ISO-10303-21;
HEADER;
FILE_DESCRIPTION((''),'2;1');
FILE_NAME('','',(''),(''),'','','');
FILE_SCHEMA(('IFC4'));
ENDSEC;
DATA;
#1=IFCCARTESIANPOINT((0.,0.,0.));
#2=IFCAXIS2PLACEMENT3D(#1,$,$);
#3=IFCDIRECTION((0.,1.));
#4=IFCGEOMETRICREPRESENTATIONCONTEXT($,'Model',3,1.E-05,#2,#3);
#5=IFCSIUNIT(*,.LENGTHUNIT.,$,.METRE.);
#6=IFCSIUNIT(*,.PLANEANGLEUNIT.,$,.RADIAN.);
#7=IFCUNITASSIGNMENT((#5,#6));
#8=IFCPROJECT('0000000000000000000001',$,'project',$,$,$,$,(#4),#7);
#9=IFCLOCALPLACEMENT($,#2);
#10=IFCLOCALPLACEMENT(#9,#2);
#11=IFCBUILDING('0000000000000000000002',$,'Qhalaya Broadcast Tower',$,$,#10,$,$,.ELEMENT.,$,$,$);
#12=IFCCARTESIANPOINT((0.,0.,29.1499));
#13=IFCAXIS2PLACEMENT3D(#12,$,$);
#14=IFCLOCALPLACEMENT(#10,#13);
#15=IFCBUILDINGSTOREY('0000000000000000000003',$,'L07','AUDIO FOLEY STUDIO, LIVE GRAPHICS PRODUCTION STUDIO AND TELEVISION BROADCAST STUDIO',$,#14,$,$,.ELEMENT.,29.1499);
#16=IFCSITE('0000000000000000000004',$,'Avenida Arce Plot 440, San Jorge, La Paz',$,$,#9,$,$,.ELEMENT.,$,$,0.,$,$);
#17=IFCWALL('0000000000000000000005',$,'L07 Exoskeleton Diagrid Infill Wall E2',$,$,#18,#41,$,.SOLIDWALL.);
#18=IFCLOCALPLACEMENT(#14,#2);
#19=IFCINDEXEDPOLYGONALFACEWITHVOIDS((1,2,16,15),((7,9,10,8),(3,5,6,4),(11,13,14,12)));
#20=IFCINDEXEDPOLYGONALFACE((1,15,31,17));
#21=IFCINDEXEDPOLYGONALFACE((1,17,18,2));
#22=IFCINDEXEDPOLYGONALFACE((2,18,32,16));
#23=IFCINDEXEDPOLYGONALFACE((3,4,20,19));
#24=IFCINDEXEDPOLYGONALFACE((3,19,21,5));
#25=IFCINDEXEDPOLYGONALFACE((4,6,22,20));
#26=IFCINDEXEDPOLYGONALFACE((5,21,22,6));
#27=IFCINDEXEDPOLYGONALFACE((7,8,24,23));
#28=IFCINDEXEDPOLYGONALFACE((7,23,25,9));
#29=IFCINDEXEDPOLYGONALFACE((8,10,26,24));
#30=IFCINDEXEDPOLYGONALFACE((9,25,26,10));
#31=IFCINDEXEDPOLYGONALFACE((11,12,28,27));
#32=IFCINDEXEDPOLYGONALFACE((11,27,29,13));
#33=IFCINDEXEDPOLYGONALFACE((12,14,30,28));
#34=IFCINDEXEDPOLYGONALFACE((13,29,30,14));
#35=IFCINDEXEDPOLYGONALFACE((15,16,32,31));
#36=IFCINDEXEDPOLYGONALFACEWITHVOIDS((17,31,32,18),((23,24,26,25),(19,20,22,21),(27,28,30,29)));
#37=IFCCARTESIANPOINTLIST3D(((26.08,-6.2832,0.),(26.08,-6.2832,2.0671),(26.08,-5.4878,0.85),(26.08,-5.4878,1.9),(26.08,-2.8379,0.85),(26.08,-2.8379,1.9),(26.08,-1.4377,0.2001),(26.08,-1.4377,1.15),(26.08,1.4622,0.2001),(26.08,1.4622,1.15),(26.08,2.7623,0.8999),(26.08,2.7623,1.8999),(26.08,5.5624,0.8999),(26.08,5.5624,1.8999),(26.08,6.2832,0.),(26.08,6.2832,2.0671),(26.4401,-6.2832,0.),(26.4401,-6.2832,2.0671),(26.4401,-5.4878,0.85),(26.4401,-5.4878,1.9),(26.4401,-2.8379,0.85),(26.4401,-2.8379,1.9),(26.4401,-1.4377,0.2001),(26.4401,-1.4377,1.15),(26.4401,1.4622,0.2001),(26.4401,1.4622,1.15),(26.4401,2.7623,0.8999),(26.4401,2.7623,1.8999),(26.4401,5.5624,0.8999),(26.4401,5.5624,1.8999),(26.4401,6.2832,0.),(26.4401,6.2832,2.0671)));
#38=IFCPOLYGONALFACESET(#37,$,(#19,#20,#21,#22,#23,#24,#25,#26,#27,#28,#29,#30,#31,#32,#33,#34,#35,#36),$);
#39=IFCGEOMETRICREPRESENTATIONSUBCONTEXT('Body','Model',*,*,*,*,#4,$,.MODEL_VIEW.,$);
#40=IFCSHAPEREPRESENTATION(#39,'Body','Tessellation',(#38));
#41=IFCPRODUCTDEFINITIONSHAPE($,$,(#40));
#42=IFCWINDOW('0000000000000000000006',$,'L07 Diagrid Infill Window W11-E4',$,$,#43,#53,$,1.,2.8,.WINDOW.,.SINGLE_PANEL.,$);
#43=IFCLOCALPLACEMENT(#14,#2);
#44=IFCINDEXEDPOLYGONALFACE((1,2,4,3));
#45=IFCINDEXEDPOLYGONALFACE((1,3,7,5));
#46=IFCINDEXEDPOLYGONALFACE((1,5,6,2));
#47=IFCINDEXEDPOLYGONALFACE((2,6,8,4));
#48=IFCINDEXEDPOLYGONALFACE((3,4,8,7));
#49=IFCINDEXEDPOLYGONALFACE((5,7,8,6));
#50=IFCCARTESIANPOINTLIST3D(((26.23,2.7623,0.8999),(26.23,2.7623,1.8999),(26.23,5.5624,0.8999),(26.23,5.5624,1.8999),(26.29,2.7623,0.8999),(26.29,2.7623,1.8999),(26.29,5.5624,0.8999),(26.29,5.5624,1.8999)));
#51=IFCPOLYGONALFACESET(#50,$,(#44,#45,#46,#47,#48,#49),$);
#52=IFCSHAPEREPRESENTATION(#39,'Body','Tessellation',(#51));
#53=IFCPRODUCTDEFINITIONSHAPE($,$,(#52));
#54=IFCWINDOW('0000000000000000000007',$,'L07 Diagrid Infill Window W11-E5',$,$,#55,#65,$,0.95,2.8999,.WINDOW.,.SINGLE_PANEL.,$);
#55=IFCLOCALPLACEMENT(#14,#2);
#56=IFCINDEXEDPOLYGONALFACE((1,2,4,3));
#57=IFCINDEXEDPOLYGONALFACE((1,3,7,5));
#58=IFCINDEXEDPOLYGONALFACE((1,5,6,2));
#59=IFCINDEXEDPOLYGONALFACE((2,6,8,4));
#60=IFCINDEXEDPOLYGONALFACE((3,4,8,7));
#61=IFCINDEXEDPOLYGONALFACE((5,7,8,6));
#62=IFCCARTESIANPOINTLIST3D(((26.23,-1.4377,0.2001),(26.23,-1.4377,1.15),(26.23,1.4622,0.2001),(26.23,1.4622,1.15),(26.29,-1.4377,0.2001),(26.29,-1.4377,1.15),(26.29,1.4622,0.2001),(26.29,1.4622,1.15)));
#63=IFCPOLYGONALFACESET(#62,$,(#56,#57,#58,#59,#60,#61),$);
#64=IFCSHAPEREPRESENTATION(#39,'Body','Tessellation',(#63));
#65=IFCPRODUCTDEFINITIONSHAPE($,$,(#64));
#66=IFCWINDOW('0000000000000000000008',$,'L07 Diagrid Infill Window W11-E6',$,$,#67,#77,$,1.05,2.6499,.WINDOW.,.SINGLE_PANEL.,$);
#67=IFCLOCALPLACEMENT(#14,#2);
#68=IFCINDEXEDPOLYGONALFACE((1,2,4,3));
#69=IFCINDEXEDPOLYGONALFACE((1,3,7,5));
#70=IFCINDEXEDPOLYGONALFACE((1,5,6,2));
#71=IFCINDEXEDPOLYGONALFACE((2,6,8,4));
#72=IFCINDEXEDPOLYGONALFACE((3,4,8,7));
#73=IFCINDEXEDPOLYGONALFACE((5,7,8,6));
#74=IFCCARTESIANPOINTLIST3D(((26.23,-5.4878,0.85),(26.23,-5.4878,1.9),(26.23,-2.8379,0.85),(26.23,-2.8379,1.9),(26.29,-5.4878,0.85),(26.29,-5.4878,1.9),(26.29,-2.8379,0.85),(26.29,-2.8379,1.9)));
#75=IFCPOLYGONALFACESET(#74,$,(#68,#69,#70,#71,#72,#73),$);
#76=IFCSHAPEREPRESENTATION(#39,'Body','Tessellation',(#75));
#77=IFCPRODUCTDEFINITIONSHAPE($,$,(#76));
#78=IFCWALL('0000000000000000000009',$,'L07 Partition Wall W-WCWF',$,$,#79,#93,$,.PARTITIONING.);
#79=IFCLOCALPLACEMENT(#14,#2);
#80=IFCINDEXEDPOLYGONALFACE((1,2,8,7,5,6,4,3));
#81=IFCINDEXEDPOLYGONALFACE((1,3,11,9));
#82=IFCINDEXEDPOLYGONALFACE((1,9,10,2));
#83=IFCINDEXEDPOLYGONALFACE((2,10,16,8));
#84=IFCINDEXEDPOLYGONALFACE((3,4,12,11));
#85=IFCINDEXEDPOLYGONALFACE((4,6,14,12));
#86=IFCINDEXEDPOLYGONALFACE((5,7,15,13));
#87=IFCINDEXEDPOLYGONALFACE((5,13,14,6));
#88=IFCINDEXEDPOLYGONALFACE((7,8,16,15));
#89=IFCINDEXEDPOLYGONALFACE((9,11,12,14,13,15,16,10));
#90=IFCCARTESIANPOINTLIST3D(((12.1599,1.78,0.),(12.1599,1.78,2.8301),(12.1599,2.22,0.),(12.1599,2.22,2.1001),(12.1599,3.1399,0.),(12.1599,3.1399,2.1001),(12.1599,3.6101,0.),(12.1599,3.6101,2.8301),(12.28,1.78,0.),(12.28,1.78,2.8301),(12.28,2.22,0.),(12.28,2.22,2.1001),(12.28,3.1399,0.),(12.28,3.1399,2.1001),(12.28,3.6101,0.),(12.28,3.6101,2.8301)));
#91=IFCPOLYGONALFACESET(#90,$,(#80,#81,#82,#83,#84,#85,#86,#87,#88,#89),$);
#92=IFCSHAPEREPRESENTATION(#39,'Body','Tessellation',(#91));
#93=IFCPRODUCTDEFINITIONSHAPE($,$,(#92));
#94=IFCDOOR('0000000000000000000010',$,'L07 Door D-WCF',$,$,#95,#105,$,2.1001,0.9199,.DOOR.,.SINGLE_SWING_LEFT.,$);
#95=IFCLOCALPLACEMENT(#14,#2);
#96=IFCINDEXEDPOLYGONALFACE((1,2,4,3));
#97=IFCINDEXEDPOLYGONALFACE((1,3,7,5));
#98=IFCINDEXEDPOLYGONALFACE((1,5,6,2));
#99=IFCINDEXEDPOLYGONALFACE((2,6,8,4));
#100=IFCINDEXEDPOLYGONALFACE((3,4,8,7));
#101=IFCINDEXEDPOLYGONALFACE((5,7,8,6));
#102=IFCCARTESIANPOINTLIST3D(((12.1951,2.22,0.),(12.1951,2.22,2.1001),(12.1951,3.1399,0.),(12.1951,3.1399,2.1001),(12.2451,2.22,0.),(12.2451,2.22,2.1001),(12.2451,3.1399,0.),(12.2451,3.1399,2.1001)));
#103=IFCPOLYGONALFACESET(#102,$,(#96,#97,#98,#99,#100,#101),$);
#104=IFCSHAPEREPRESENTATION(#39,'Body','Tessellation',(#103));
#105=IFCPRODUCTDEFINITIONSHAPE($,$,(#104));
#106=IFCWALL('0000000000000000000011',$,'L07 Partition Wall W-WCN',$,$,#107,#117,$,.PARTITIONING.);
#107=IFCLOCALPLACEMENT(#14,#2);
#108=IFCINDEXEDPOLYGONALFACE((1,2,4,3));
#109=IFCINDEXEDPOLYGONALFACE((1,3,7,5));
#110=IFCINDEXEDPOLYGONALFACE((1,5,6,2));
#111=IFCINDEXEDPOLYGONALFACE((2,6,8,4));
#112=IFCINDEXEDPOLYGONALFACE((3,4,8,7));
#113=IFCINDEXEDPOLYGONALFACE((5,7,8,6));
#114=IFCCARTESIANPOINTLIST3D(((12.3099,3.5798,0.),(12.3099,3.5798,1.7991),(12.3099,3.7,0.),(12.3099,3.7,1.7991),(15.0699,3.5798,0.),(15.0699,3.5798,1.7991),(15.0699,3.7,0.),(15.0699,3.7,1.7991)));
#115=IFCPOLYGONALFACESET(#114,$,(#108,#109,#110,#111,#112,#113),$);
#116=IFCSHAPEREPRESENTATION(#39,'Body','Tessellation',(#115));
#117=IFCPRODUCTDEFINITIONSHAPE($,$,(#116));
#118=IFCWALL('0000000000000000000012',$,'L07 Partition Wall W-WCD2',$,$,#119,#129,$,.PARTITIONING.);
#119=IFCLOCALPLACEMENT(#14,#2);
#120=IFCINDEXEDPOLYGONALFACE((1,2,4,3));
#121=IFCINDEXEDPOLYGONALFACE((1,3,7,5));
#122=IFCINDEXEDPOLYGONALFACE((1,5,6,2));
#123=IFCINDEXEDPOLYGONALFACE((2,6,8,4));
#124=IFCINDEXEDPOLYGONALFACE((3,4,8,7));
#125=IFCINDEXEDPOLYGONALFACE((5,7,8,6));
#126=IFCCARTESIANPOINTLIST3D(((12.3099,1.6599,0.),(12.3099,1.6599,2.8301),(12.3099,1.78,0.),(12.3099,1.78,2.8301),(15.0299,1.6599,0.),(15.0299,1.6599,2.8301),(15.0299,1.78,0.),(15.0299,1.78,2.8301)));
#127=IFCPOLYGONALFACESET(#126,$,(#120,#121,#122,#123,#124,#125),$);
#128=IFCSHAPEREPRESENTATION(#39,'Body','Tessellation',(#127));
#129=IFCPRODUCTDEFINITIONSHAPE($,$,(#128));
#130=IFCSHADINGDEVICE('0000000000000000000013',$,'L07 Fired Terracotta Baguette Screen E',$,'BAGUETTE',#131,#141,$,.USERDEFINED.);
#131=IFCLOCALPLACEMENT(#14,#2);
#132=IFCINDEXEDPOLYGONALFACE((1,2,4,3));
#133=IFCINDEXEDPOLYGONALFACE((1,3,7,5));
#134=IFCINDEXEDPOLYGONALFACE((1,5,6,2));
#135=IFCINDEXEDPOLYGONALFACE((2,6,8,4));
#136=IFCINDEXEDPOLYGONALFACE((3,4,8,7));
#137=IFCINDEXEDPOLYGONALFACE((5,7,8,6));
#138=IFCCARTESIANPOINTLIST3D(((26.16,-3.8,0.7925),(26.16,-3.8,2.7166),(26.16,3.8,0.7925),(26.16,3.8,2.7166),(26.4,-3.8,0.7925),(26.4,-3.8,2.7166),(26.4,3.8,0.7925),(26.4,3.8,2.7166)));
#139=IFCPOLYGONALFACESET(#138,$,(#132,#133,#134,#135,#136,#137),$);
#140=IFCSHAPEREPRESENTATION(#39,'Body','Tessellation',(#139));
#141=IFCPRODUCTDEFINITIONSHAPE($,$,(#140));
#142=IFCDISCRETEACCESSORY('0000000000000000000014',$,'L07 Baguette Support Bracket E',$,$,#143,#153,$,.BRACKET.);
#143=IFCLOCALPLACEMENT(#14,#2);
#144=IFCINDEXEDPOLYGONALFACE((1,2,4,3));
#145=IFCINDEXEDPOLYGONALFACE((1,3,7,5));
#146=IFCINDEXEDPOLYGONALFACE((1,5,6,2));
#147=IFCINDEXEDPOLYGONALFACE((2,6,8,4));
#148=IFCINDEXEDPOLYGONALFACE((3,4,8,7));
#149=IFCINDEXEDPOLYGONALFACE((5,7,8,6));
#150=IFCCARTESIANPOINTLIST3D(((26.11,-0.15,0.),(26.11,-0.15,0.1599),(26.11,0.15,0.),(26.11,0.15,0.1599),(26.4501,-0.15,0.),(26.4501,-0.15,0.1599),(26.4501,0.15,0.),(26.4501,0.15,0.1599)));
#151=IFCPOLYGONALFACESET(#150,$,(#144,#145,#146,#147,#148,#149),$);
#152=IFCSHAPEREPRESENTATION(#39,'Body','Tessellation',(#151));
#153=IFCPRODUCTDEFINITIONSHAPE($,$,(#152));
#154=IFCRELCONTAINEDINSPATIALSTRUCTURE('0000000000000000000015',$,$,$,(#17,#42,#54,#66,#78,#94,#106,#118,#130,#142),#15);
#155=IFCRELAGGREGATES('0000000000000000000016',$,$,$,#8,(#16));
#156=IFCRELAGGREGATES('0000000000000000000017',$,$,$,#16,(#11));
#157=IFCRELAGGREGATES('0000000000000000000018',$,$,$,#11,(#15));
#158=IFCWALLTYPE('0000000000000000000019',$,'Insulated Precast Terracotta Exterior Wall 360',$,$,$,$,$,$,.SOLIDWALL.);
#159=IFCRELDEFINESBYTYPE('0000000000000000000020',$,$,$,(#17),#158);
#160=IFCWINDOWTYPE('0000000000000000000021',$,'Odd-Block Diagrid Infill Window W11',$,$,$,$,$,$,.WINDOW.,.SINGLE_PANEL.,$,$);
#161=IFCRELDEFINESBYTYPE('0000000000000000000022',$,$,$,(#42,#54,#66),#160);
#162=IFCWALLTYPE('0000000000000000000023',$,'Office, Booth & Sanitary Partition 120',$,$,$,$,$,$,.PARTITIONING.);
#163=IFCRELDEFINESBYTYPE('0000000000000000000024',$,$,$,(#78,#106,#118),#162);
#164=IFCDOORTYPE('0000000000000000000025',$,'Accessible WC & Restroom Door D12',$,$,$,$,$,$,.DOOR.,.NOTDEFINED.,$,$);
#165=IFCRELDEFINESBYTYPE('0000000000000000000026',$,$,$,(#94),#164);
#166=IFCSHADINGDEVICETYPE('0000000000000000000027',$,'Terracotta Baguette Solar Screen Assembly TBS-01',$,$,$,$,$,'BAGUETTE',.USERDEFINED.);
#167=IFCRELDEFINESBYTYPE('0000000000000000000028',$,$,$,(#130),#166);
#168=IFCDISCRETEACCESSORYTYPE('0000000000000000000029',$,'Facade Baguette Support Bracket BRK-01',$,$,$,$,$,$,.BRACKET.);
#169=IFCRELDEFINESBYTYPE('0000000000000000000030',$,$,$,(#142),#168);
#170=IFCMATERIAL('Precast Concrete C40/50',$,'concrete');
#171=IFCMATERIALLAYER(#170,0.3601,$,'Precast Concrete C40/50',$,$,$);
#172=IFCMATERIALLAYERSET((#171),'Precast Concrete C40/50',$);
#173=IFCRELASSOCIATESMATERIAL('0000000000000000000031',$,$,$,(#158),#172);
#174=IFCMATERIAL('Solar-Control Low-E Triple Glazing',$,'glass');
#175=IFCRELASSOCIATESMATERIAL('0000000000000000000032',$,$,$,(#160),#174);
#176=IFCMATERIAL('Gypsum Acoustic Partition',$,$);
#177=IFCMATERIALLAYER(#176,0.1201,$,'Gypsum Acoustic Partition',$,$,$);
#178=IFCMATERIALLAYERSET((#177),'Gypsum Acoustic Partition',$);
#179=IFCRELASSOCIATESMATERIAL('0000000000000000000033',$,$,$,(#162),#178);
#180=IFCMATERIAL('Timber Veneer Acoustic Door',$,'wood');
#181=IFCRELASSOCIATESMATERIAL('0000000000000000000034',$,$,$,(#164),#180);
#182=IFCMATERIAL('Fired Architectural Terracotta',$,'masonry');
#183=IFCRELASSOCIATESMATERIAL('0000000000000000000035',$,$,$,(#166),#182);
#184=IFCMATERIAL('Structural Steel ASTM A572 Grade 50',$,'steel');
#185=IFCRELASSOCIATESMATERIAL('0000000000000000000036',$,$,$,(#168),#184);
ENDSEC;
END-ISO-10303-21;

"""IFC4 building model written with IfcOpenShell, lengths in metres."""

from ifc_helpers import new_model, si_unit, direction, frame, frame_2d, origin, origin_2d, place, context, subcontext, project, spatial, rectangle, extrude, material, layer, layer_set, type_object, element, fill, save


model = new_model("IFC4")

# Units and contexts
model_context = context("Model", 3, precision=1e-05, world=origin(), true_north=direction((0.0, 1.0)))
body_context = subcontext(model_context, "Body", "Model", "MODEL_VIEW")
ifc_project = project(units=[si_unit("LENGTHUNIT", "METRE"), si_unit("PLANEANGLEUNIT", "RADIAN")], contexts=[model_context])

# Site, building, storey
site_placement = place(None, origin())
site = spatial("IfcSite", under=ifc_project, at=site_placement, Name="Avenida Arce Plot 440, San Jorge, La Paz", CompositionType="ELEMENT", RefElevation=0.0)
building_placement = place(site_placement, origin())
building = spatial("IfcBuilding", under=site, at=building_placement, Name="Qhalaya Broadcast Tower", CompositionType="ELEMENT")
storey_placement = place(building_placement, frame((0.0, 0.0, 29.1499)))
storey = spatial("IfcBuildingStorey", under=building, at=storey_placement, Name="L07", Description="AUDIO FOLEY STUDIO, LIVE GRAPHICS PRODUCTION STUDIO AND TELEVISION BROADCAST STUDIO", CompositionType="ELEMENT", Elevation=29.1499)

# Shared definitions
ifc_material_1 = material(Name="Structural Steel ASTM A572 Grade 50", Category="steel")

# Shared definitions
ifc_material_2 = material(Name="Gypsum Acoustic Partition")
ifc_material_3 = material(Name="Timber Veneer Acoustic Door", Category="wood")

# Wall, openings, windows
ifc_material_4 = material(Name="Precast Concrete C40/50", Category="concrete")
ifc_layer_1 = layer(ifc_material_4, 0.3601, Name="Precast Concrete C40/50")
ifc_layer_set_1 = layer_set([ifc_layer_1], Name="Precast Concrete C40/50")
wall_type_1 = type_object("IfcWallType", Name="Insulated Precast Terracotta Exterior Wall 360", PredefinedType="SOLIDWALL", material=ifc_layer_set_1)
wall_1_placement = place(storey_placement, frame((26.26, 6.2832, 0.0), z_axis=(0.0, 0.0, 1.0), x_axis=(0.0, -1.0, 0.0)))
wall_1 = element("IfcWall", 1, at=wall_1_placement, inside=storey, type_object=wall_type_1, Name="L07 Exoskeleton Diagrid Infill Wall E2", PredefinedType="SOLIDWALL", context=body_context, shape_type="SweptSolid", body=[
    extrude(rectangle(XDim=12.5664, YDim=0.3601, at=frame_2d((6.2832, 0.0))), origin(), (0.0, 0.0, 1.0), 2.0671),
])
opening_1_placement = place(wall_1_placement, frame((0.7209, 0.0, 0.8999)))
opening_1 = element("IfcOpeningElement", 2, at=opening_1_placement, cuts=wall_1, PredefinedType="OPENING", context=body_context, shape_type="SweptSolid", body=[
    extrude(rectangle(XDim=2.8, YDim=1.0, at=frame_2d((1.3999, 0.5))), frame((0.0, 0.1921, 0.0), z_axis=(0.0, -1.0, 0.0), x_axis=(1.0, 0.0, 0.0)), (0.0, 0.0, 1.0), 0.384),
])
opening_2_placement = place(wall_1_placement, frame((4.821, 0.0, 0.2)))
opening_2 = element("IfcOpeningElement", 3, at=opening_2_placement, cuts=wall_1, PredefinedType="OPENING", context=body_context, shape_type="SweptSolid", body=[
    extrude(rectangle(XDim=2.8999, YDim=0.95, at=frame_2d((1.45, 0.4751))), frame((0.0, 0.1921, 0.0), z_axis=(0.0, -1.0, 0.0), x_axis=(1.0, 0.0, 0.0)), (0.0, 0.0, 1.0), 0.384),
])
opening_3_placement = place(wall_1_placement, frame((9.1211, 0.0, 0.8501)))
opening_3 = element("IfcOpeningElement", 4, at=opening_3_placement, cuts=wall_1, PredefinedType="OPENING", context=body_context, shape_type="SweptSolid", body=[
    extrude(rectangle(XDim=2.6499, YDim=1.05, at=frame_2d((1.325, 0.5249))), frame((0.0, 0.1921, 0.0), z_axis=(0.0, -1.0, 0.0), x_axis=(1.0, 0.0, 0.0)), (0.0, 0.0, 1.0), 0.384),
])
ifc_material_5 = material(Name="Solar-Control Low-E Triple Glazing", Category="glass")
window_type = type_object("IfcWindowType", Name="Odd-Block Diagrid Infill Window W11", PartitioningType="SINGLE_PANEL", PredefinedType="WINDOW", material=ifc_material_5)
window_1_placement = place(opening_1_placement, origin())
window_1 = element("IfcWindow", 5, at=window_1_placement, inside=storey, type_object=window_type, Name="L07 Diagrid Infill Window W11-E4", OverallHeight=1.0, OverallWidth=2.8, PartitioningType="SINGLE_PANEL", PredefinedType="WINDOW", context=body_context, shape_type="SweptSolid", body=[
    extrude(rectangle(XDim=2.8, YDim=1.0, at=frame_2d((1.3999, 0.5))), frame((0.0, 0.03, 0.0), z_axis=(0.0, -1.0, 0.0), x_axis=(1.0, 0.0, 0.0)), (0.0, 0.0, 1.0), 0.0601),
])
fill(opening_1, window_1)
window_2_placement = place(opening_2_placement, origin())
window_2 = element("IfcWindow", 6, at=window_2_placement, inside=storey, type_object=window_type, Name="L07 Diagrid Infill Window W11-E5", OverallHeight=0.95, OverallWidth=2.8999, PartitioningType="SINGLE_PANEL", PredefinedType="WINDOW", context=body_context, shape_type="SweptSolid", body=[
    extrude(rectangle(XDim=2.8999, YDim=0.95, at=frame_2d((1.45, 0.4751))), frame((0.0, 0.03, 0.0), z_axis=(0.0, -1.0, 0.0), x_axis=(1.0, 0.0, 0.0)), (0.0, 0.0, 1.0), 0.0601),
])
fill(opening_2, window_2)
window_3_placement = place(opening_3_placement, origin())
window_3 = element("IfcWindow", 7, at=window_3_placement, inside=storey, type_object=window_type, Name="L07 Diagrid Infill Window W11-E6", OverallHeight=1.05, OverallWidth=2.6499, PartitioningType="SINGLE_PANEL", PredefinedType="WINDOW", context=body_context, shape_type="SweptSolid", body=[
    extrude(rectangle(XDim=2.6499, YDim=1.05, at=frame_2d((1.325, 0.5249))), frame((0.0, 0.03, 0.0), z_axis=(0.0, -1.0, 0.0), x_axis=(1.0, 0.0, 0.0)), (0.0, 0.0, 1.0), 0.0601),
])
fill(opening_3, window_3)

# Wall, opening, door
ifc_layer_2 = layer(ifc_material_2, 0.1201, Name="Gypsum Acoustic Partition")
ifc_layer_set_2 = layer_set([ifc_layer_2], Name="Gypsum Acoustic Partition")
wall_type_2 = type_object("IfcWallType", Name="Office, Booth & Sanitary Partition 120", PredefinedType="PARTITIONING", material=ifc_layer_set_2)
wall_2_placement = place(storey_placement, frame((12.22, 1.78, 0.0), z_axis=(0.0, 0.0, 1.0), x_axis=(0.0, 1.0, 0.0)))
wall_2 = element("IfcWall", 8, at=wall_2_placement, inside=storey, type_object=wall_type_2, Name="L07 Partition Wall W-WCWF", PredefinedType="PARTITIONING", context=body_context, shape_type="SweptSolid", body=[
    extrude(rectangle(XDim=1.8301, YDim=0.1201, at=frame_2d((0.915, 0.0))), origin(), (0.0, 0.0, 1.0), 2.8301),
])
opening_4_placement = place(wall_2_placement, frame((0.4399, 0.0, 0.0)))
opening_4 = element("IfcOpeningElement", 9, at=opening_4_placement, cuts=wall_2, PredefinedType="OPENING", context=body_context, shape_type="SweptSolid", body=[
    extrude(rectangle(XDim=0.9199, YDim=2.1001, at=frame_2d((0.46, 1.05))), frame((0.0, 0.072, 0.0), z_axis=(0.0, -1.0, 0.0), x_axis=(1.0, 0.0, 0.0)), (0.0, 0.0, 1.0), 0.144),
])
door_type_1 = type_object("IfcDoorType", Name="Accessible WC & Restroom Door D12", OperationType="NOTDEFINED", PredefinedType="DOOR", material=ifc_material_3)
door_1_placement = place(opening_4_placement, origin())
door_1 = element("IfcDoor", 10, at=door_1_placement, inside=storey, type_object=door_type_1, Name="L07 Door D-WCF", OperationType="SINGLE_SWING_LEFT", OverallHeight=2.1001, OverallWidth=0.9199, PredefinedType="DOOR", context=body_context, shape_type="SweptSolid", body=[
    extrude(rectangle(XDim=0.9199, YDim=2.1001, at=frame_2d((0.46, 1.05))), frame((0.0, 0.0249, 0.0), z_axis=(0.0, -1.0, 0.0), x_axis=(1.0, 0.0, 0.0)), (0.0, 0.0, 1.0), 0.05),
])
fill(opening_4, door_1)

# Walls
wall_3_placement = place(storey_placement, frame((12.3101, 3.6399, 0.0), z_axis=(0.0, 0.0, 1.0), x_axis=(1.0, 0.0, 0.0)))
element("IfcWall", 11, at=wall_3_placement, inside=storey, type_object=wall_type_2, Name="L07 Partition Wall W-WCN", PredefinedType="PARTITIONING", context=body_context, shape_type="SweptSolid", body=[
    extrude(rectangle(XDim=2.76, YDim=0.1201, at=frame_2d((1.3799, 0.0))), origin(), (0.0, 0.0, 1.0), 1.7991),
])
wall_4_placement = place(storey_placement, frame((12.3101, 1.72, 0.0), z_axis=(0.0, 0.0, 1.0), x_axis=(1.0, 0.0, 0.0)))
element("IfcWall", 12, at=wall_4_placement, inside=storey, type_object=wall_type_2, Name="L07 Partition Wall W-WCD2", PredefinedType="PARTITIONING", context=body_context, shape_type="SweptSolid", body=[
    extrude(rectangle(XDim=2.72, YDim=0.1201, at=frame_2d((1.3599, 0.0))), origin(), (0.0, 0.0, 1.0), 2.8301),
])

# Shading device
ifc_material_6 = material(Name="Fired Architectural Terracotta", Category="masonry")
shading_device_type = type_object("IfcShadingDeviceType", Name="Terracotta Baguette Solar Screen Assembly TBS-01", ElementType="BAGUETTE", PredefinedType="USERDEFINED", material=ifc_material_6)
shading_device_placement = place(storey_placement, frame((26.28, 0.0, 0.7925), z_axis=(0.0, 0.0, 1.0), x_axis=(0.0, 1.0, 0.0)))
element("IfcShadingDevice", 13, at=shading_device_placement, inside=storey, type_object=shading_device_type, Name="L07 Fired Terracotta Baguette Screen E", ObjectType="BAGUETTE", PredefinedType="USERDEFINED", context=body_context, shape_type="SweptSolid", body=[
    extrude(rectangle(XDim=7.6001, YDim=0.24, at=origin_2d()), origin(), (0.0, 0.0, 1.0), 1.9241),
])

# Discrete accessory
discrete_accessory_type = type_object("IfcDiscreteAccessoryType", Name="Facade Baguette Support Bracket BRK-01", PredefinedType="BRACKET", material=ifc_material_1)
discrete_accessory_placement = place(storey_placement, frame((26.28, 0.0, 0.0), z_axis=(0.0, 0.0, 1.0), x_axis=(0.0, 1.0, 0.0)))
element("IfcDiscreteAccessory", 14, at=discrete_accessory_placement, inside=storey, type_object=discrete_accessory_type, Name="L07 Baguette Support Bracket E", PredefinedType="BRACKET", context=body_context, shape_type="SweptSolid", body=[
    extrude(rectangle(XDim=0.3, YDim=0.3401, at=origin_2d()), origin(), (0.0, 0.0, 1.0), 0.1599),
])

save(model, "model.ifc")
